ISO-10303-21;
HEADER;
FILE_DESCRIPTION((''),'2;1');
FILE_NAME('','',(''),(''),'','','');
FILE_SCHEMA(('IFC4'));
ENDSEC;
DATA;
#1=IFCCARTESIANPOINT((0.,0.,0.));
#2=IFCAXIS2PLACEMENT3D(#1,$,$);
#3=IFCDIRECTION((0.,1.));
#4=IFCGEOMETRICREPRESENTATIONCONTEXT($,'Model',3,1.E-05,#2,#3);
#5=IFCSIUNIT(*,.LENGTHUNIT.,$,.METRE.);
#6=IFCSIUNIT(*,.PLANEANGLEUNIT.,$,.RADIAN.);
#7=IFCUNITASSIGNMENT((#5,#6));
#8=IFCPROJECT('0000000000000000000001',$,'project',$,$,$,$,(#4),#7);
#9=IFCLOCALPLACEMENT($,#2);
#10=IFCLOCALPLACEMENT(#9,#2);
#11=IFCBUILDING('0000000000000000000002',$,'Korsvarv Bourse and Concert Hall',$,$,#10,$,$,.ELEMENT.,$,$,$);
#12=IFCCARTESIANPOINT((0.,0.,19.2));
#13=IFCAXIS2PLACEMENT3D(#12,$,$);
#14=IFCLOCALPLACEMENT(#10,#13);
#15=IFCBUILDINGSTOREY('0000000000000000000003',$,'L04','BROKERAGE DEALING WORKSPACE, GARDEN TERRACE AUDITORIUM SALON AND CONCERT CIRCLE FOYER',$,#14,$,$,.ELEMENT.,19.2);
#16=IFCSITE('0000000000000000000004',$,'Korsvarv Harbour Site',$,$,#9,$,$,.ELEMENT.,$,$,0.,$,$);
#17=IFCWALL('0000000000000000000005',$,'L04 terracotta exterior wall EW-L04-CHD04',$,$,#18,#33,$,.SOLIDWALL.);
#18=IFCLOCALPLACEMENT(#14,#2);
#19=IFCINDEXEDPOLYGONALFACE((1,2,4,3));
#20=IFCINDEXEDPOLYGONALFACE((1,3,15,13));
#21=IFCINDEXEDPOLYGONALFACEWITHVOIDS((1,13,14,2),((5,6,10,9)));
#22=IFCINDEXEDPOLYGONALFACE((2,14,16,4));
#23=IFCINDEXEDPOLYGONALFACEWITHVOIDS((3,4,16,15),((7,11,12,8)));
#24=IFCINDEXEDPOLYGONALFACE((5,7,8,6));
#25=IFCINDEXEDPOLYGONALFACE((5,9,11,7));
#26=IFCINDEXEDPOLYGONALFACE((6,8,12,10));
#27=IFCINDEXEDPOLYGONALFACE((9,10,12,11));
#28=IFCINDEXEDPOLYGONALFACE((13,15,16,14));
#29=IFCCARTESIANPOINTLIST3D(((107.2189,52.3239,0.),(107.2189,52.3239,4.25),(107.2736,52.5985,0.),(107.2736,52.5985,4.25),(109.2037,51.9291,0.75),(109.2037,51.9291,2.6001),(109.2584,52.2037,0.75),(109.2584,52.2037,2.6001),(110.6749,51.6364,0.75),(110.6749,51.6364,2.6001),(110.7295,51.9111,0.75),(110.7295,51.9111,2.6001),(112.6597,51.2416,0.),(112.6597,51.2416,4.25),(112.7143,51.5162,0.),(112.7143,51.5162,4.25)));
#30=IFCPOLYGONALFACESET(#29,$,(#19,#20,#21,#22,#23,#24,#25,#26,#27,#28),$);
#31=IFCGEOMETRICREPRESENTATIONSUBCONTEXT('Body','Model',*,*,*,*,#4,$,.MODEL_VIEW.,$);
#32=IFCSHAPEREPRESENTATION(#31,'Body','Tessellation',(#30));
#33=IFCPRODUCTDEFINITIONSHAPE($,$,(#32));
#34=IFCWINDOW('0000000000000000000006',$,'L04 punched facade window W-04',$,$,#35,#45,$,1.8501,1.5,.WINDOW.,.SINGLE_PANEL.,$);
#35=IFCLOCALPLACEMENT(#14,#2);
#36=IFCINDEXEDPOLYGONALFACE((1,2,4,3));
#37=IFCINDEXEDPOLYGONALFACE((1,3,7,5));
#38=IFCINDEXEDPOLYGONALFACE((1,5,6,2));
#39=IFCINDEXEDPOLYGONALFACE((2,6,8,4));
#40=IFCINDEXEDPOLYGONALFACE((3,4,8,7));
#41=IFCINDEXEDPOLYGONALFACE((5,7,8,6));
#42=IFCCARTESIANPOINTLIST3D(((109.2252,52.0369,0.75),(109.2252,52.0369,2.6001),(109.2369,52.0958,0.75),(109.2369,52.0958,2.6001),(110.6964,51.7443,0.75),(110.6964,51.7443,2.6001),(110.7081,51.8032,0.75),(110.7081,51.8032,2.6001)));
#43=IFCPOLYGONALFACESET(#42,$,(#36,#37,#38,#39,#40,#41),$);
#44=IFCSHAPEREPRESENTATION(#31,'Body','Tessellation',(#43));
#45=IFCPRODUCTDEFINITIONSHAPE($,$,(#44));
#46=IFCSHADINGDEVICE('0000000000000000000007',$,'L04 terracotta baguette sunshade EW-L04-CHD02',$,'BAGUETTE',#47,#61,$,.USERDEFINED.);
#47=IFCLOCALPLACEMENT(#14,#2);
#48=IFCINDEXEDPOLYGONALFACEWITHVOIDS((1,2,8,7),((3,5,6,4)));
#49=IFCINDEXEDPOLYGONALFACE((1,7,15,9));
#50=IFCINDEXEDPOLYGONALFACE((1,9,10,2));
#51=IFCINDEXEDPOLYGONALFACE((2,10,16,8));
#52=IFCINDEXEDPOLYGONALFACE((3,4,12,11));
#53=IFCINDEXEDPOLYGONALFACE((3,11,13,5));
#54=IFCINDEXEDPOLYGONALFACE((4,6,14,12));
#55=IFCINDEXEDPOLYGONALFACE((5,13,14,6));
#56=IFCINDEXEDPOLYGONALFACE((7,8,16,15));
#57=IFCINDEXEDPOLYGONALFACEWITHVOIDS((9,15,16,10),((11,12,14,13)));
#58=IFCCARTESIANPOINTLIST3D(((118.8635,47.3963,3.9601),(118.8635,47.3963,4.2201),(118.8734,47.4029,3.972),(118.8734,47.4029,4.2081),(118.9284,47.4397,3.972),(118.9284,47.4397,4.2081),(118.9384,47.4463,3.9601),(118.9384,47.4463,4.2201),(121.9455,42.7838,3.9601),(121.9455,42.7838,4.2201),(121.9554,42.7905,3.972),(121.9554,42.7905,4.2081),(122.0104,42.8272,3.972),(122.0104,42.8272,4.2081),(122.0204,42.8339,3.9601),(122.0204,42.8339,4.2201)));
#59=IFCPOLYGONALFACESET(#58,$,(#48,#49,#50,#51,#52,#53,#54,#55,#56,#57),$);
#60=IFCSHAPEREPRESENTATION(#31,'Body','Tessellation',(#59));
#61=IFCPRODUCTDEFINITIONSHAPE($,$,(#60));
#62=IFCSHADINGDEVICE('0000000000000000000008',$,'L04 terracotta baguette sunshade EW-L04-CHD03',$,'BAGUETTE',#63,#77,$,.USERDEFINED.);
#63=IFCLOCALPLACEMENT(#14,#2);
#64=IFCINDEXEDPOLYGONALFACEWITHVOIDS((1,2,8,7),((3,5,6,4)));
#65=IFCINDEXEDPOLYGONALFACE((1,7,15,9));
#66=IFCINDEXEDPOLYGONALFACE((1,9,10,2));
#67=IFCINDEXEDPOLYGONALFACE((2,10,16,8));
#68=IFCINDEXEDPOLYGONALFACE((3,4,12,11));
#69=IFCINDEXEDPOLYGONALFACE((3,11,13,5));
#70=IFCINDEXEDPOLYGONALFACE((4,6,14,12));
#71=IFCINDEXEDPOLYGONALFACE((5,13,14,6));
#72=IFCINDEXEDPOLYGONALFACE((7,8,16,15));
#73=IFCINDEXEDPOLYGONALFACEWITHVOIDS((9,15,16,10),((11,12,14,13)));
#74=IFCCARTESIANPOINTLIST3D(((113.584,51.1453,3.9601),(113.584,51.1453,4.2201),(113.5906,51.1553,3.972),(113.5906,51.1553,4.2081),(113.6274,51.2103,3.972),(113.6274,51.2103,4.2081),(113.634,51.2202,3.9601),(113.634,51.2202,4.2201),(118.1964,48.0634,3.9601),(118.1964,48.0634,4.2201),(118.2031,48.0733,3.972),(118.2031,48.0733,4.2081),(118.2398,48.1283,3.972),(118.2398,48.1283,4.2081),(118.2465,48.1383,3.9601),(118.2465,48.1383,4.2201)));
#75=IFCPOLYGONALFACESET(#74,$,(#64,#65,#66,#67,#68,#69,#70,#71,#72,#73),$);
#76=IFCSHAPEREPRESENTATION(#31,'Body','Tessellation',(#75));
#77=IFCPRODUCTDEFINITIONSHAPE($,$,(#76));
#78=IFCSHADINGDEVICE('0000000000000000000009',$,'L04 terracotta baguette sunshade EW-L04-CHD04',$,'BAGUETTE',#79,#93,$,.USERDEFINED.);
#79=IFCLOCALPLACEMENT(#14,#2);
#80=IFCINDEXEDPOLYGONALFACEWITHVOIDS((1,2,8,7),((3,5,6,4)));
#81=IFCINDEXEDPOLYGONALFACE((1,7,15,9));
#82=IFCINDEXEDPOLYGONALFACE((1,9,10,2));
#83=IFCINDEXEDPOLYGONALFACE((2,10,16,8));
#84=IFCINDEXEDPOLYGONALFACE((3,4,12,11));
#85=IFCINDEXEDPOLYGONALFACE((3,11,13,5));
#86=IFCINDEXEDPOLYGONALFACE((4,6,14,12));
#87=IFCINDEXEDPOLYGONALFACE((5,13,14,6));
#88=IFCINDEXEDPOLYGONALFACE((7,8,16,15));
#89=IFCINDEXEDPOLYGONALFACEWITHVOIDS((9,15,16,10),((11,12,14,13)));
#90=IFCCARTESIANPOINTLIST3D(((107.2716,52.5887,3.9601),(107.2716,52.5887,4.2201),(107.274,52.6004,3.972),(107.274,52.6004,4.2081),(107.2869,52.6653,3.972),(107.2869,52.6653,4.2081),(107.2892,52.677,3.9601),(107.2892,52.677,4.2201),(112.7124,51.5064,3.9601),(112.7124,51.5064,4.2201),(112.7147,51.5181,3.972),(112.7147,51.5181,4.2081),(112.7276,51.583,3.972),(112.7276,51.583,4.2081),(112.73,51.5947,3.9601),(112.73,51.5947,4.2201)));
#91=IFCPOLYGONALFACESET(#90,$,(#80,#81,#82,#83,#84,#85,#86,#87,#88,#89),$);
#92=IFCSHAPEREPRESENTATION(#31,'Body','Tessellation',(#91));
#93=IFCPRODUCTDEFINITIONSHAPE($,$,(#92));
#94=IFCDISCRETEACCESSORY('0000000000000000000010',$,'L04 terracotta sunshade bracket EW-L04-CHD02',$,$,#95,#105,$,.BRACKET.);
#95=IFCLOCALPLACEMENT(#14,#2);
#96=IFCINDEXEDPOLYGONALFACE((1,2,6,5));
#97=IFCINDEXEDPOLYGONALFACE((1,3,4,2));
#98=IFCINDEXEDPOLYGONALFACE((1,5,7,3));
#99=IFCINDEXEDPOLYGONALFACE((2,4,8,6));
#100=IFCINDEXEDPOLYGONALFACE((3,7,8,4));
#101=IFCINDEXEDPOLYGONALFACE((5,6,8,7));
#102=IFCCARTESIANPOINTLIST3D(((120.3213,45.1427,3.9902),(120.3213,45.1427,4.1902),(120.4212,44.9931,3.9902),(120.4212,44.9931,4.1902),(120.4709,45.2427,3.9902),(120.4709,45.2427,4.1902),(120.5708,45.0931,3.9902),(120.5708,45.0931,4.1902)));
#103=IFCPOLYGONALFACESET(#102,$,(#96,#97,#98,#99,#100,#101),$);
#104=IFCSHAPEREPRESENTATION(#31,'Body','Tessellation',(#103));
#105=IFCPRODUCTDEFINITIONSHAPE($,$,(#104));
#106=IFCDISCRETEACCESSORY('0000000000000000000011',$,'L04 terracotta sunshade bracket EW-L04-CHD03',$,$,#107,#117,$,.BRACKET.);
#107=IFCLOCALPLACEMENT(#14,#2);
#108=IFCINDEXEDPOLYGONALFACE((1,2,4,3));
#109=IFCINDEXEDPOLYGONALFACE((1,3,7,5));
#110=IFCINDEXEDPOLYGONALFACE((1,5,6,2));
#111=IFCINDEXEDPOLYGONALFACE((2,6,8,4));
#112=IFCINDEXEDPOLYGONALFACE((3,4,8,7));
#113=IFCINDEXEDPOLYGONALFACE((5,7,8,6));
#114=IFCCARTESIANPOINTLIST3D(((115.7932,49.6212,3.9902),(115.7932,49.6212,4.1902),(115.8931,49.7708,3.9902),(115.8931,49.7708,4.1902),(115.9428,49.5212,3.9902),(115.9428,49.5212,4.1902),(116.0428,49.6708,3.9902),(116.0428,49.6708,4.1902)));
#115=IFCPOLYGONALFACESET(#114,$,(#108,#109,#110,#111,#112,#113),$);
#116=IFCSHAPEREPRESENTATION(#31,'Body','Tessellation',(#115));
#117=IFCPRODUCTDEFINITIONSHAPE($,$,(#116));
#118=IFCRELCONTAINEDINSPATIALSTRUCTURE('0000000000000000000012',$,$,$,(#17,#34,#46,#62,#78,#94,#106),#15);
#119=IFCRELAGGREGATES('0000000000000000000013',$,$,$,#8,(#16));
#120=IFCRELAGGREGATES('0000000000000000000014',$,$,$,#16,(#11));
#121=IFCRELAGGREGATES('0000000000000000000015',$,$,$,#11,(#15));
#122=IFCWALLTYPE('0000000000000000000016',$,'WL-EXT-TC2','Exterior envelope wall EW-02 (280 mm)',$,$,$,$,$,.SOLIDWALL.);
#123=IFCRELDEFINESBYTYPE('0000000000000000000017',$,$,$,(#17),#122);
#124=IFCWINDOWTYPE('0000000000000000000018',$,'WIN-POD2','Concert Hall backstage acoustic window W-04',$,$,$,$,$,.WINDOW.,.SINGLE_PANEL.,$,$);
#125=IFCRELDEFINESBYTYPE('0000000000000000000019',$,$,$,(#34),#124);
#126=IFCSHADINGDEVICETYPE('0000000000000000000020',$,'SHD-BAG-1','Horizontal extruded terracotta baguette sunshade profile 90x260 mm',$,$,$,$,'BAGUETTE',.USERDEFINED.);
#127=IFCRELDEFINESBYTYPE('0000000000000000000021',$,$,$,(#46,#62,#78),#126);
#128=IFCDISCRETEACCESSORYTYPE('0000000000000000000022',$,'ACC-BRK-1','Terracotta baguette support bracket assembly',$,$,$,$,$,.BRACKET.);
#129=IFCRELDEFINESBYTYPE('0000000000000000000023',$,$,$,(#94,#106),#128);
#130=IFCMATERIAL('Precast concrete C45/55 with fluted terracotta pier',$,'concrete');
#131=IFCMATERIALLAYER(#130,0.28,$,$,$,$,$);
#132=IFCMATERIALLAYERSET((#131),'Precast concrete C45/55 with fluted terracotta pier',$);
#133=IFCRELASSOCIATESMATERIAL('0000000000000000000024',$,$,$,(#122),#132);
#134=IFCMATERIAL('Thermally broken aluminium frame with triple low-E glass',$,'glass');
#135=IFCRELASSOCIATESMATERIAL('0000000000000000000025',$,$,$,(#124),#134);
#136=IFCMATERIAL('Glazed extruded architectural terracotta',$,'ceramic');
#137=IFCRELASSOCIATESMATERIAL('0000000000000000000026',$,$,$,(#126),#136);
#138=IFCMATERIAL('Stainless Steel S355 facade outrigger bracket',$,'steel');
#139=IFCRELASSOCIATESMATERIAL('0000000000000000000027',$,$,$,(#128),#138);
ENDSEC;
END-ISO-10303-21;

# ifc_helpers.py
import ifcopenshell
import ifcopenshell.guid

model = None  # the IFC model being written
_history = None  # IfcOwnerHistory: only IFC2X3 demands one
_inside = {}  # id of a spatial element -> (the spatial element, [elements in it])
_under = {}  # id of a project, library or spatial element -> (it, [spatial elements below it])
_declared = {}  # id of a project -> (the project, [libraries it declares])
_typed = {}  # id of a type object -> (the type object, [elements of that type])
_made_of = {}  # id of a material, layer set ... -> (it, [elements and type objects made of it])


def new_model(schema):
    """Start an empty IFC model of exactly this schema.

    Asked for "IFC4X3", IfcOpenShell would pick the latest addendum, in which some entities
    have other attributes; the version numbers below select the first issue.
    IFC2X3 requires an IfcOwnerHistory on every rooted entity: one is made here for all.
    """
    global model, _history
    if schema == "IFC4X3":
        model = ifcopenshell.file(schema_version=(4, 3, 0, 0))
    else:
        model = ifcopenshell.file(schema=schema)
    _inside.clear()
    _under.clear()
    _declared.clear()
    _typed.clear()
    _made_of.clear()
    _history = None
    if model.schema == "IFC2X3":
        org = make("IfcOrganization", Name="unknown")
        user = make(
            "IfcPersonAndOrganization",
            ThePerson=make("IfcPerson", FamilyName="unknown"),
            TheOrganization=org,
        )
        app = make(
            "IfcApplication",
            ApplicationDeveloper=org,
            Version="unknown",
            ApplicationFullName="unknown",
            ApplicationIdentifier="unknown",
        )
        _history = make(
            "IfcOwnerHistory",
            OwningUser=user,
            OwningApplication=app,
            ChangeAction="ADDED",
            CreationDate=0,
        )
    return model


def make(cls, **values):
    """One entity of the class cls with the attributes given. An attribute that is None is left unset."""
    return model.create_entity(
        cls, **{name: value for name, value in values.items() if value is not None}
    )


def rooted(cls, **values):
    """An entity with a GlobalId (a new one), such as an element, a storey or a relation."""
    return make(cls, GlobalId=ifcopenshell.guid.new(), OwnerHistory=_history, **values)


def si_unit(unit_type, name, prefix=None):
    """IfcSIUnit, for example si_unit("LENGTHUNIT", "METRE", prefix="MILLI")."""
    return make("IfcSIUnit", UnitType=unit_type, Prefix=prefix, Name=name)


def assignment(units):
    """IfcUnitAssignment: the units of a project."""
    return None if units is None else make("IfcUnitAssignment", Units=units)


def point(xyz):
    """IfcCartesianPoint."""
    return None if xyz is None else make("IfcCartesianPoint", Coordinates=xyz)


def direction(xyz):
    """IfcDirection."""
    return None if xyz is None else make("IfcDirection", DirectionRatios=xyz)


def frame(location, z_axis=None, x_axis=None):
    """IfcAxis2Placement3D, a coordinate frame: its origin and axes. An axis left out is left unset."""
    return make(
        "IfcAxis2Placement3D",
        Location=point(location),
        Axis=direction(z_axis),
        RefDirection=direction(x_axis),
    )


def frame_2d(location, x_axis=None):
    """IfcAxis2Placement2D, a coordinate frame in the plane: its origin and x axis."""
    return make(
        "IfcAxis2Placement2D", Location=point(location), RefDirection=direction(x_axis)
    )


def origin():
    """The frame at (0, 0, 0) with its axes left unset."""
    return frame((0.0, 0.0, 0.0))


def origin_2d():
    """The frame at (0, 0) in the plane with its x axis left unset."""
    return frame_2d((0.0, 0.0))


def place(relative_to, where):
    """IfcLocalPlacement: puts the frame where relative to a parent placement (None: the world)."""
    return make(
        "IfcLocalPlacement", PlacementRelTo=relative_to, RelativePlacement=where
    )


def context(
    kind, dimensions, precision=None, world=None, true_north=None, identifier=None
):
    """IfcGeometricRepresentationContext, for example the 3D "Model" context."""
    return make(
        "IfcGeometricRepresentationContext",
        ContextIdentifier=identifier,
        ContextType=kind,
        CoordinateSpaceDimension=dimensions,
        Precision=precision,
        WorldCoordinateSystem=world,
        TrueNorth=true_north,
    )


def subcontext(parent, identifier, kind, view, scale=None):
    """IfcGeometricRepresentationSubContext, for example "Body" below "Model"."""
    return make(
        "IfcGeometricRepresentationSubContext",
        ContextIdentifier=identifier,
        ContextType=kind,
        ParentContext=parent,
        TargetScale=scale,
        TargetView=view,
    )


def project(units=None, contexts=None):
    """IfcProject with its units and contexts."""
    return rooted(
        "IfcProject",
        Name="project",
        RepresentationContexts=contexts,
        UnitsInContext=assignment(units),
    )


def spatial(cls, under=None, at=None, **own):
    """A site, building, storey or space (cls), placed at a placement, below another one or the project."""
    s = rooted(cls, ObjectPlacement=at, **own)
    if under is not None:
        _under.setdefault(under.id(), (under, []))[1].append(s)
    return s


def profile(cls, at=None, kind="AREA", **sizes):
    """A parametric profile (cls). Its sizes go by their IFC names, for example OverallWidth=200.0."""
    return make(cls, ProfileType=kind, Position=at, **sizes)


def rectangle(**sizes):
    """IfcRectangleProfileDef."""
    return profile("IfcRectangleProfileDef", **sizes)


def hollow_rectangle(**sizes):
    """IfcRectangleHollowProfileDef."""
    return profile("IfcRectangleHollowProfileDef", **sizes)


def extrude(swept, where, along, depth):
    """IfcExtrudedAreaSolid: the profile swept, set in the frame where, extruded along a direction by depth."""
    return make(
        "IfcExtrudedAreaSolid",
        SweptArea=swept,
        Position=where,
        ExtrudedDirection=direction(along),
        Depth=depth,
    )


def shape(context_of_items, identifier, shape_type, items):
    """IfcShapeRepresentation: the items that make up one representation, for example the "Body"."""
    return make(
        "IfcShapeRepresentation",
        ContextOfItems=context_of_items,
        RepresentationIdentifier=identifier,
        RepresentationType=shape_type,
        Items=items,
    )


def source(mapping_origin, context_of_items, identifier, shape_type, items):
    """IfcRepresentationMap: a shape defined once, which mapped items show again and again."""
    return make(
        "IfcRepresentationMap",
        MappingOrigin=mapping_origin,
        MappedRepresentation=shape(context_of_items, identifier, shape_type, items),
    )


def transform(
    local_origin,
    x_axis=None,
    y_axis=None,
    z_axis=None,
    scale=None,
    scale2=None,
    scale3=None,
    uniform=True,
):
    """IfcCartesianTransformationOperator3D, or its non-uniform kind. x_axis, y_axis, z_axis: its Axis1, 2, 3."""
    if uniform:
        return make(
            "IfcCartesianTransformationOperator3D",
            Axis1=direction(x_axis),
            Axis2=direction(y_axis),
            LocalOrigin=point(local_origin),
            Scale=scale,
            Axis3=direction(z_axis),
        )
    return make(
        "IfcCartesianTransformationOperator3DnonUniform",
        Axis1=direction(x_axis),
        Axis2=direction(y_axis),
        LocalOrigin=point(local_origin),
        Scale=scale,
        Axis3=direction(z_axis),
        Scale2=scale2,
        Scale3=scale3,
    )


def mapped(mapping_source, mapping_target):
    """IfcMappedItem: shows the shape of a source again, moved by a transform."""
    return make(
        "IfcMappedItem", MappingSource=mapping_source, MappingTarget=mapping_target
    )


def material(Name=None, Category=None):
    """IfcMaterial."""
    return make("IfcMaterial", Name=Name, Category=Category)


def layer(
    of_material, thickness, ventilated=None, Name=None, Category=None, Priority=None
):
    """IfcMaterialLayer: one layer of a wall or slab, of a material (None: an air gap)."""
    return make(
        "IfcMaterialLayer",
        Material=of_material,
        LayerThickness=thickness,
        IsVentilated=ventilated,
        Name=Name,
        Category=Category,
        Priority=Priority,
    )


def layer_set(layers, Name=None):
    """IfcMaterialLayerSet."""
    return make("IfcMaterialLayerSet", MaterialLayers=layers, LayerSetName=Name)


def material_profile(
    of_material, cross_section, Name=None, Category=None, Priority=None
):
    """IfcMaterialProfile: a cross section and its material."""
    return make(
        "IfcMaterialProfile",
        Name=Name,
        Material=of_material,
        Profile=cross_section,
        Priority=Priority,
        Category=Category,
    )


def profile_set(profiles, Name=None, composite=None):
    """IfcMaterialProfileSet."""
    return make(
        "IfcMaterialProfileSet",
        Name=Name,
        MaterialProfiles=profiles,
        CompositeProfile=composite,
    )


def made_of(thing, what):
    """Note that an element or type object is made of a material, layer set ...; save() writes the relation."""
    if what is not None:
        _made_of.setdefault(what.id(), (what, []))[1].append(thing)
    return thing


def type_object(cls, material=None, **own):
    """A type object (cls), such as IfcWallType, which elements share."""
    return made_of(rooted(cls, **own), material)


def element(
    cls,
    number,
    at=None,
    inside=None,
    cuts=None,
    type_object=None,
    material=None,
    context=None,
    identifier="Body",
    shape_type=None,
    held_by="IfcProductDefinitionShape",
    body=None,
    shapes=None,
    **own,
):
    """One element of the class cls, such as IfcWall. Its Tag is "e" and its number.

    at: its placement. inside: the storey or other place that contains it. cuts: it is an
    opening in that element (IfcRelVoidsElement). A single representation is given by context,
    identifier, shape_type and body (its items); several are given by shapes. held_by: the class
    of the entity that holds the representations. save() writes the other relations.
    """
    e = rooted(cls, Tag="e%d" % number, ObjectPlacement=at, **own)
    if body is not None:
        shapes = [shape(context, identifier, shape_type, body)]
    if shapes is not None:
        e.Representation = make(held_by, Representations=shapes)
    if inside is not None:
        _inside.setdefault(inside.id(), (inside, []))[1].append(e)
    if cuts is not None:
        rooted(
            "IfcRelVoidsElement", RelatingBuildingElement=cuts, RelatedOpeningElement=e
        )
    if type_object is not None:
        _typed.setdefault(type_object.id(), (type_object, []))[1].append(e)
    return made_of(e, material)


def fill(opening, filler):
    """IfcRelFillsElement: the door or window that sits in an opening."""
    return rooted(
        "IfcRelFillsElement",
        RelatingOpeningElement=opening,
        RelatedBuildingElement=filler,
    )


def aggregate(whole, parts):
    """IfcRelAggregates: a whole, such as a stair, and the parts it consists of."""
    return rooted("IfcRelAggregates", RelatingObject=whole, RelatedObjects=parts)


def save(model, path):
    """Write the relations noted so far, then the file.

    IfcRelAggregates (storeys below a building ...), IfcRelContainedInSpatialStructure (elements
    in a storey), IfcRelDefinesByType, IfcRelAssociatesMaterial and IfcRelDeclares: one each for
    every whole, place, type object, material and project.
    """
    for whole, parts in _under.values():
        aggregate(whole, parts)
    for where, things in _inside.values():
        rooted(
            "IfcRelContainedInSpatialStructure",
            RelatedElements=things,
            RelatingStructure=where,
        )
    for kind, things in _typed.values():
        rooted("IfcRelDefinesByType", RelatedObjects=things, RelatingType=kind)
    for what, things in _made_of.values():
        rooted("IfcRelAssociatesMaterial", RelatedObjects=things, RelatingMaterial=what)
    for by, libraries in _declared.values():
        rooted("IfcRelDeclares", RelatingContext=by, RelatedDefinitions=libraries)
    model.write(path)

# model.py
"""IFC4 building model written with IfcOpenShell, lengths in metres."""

from ifc_helpers import new_model, si_unit, direction, frame, frame_2d, origin, origin_2d, place, context, subcontext, project, spatial, rectangle, hollow_rectangle, extrude, source, transform, mapped, material, layer, layer_set, material_profile, profile_set, type_object, element, fill, save


model = new_model("IFC4")

# Units and contexts
model_context = context("Model", 3, precision=1e-05, world=origin(), true_north=direction((0.0, 1.0)))
body_context = subcontext(model_context, "Body", "Model", "MODEL_VIEW")
ifc_project = project(units=[si_unit("LENGTHUNIT", "METRE"), si_unit("PLANEANGLEUNIT", "RADIAN")], contexts=[model_context])

# Site, building, storey
site_placement = place(None, origin())
site = spatial("IfcSite", under=ifc_project, at=site_placement, Name="Korsvarv Harbour Site", CompositionType="ELEMENT", RefElevation=0.0)
building_placement = place(site_placement, origin())
building = spatial("IfcBuilding", under=site, at=building_placement, Name="Korsvarv Bourse and Concert Hall", CompositionType="ELEMENT")
storey_placement = place(building_placement, frame((0.0, 0.0, 19.2)))
storey = spatial("IfcBuildingStorey", under=building, at=storey_placement, Name="L04", Description="BROKERAGE DEALING WORKSPACE, GARDEN TERRACE AUDITORIUM SALON AND CONCERT CIRCLE FOYER", CompositionType="ELEMENT", Elevation=19.2)

# Shared definitions
ifc_material_1 = material(Name="Precast concrete C45/55 with fluted terracotta pier", Category="concrete")
ifc_layer_1 = layer(ifc_material_1, 0.28)
ifc_layer_set_1 = layer_set([ifc_layer_1], Name="Precast concrete C45/55 with fluted terracotta pier")
wall_type_1 = type_object("IfcWallType", Name="WL-EXT-TC2", Description="Exterior envelope wall EW-02 (280 mm)", PredefinedType="SOLIDWALL", material=ifc_layer_set_1)

# Wall, opening, window
wall_1_placement = place(storey_placement, frame((112.687, 51.3789, 0.0), z_axis=(0.0, 0.0, 1.0), x_axis=(-0.980783, 0.1951, 0.0)))
wall_1 = element("IfcWall", 1, at=wall_1_placement, inside=storey, type_object=wall_type_1, Name="L04 terracotta exterior wall EW-L04-CHD04", PredefinedType="SOLIDWALL", context=body_context, shape_type="SweptSolid", body=[
    extrude(rectangle(XDim=5.5474, YDim=0.28, at=frame_2d((2.7737, 0.0))), origin(), (0.0, 0.0, 1.0), 4.25),
])
opening_placement = place(wall_1_placement, frame((2.0237, 0.0, 0.75)))
opening = element("IfcOpeningElement", 2, at=opening_placement, cuts=wall_1, PredefinedType="OPENING", context=body_context, shape_type="SweptSolid", body=[
    extrude(rectangle(XDim=1.5, YDim=1.8501, at=frame_2d((0.75, 0.925))), frame((0.0, 0.1499, 0.0), z_axis=(0.0, -1.0, 0.0), x_axis=(1.0, 0.0, 0.0)), (0.0, 0.0, 1.0), 0.3),
])
ifc_material_2 = material(Name="Thermally broken aluminium frame with triple low-E glass", Category="glass")
window_type = type_object("IfcWindowType", Name="WIN-POD2", Description="Concert Hall backstage acoustic window W-04", PartitioningType="SINGLE_PANEL", PredefinedType="WINDOW", material=ifc_material_2)
window_placement = place(opening_placement, origin())
window = element("IfcWindow", 3, at=window_placement, inside=storey, type_object=window_type, Name="L04 punched facade window W-04", OverallHeight=1.8501, OverallWidth=1.5, PartitioningType="SINGLE_PANEL", PredefinedType="WINDOW", context=body_context, shape_type="SweptSolid", body=[
    extrude(rectangle(XDim=1.5, YDim=1.8501, at=frame_2d((0.75, 0.925))), frame((0.0, 0.03, 0.0), z_axis=(0.0, -1.0, 0.0), x_axis=(1.0, 0.0, 0.0)), (0.0, 0.0, 1.0), 0.0601),
])
fill(opening, window)

# Shading devices
ifc_material_3 = material(Name="Glazed extruded architectural terracotta", Category="ceramic")
ifc_material_profile_1 = material_profile(ifc_material_3, hollow_rectangle(XDim=0.0901, YDim=0.26, WallThickness=0.012, at=origin_2d()), Name="TC-BAG 90x260")
ifc_profile_set_1 = profile_set([ifc_material_profile_1], Name="Glazed extruded architectural terracotta")
shading_device_type = type_object("IfcShadingDeviceType", Name="SHD-BAG-1", Description="Horizontal extruded terracotta baguette sunshade profile 90x260 mm", ElementType="BAGUETTE", PredefinedType="USERDEFINED", material=ifc_profile_set_1)
shared_shape_1 = source(origin(), body_context, "Body", "SweptSolid", [
    extrude(hollow_rectangle(XDim=0.0901, YDim=0.26, WallThickness=0.012, at=origin_2d()), origin(), (0.0, 0.0, 1.0), 5.5474),
])
for number, where, z_axis, x_axis, name in (
    (4, (121.9829, 42.8088, 4.0901), (-0.555573, 0.831468, 0.0), (-0.831468, -0.555573, 0.0), "L04 terracotta baguette sunshade EW-L04-CHD02"),
    (5, (118.2214, 48.1008, 4.0901), (-0.831468, 0.555573, 0.0), (-0.555573, -0.831468, 0.0), "L04 terracotta baguette sunshade EW-L04-CHD03"),
    (6, (112.7212, 51.5505, 4.0901), (-0.980783, 0.1951, 0.0), (-0.1951, -0.980783, 0.0), "L04 terracotta baguette sunshade EW-L04-CHD04"),
):
    element("IfcShadingDevice", number, at=place(storey_placement, frame(where, z_axis=z_axis, x_axis=x_axis)), inside=storey, type_object=shading_device_type, Name=name, ObjectType="BAGUETTE", PredefinedType="USERDEFINED", context=body_context, shape_type="MappedRepresentation", body=[
        mapped(shared_shape_1, transform((0.0, 0.0, 0.0), scale=1.0)),
    ])

# Discrete accessories
ifc_material_4 = material(Name="Stainless Steel S355 facade outrigger bracket", Category="steel")
discrete_accessory_type = type_object("IfcDiscreteAccessoryType", Name="ACC-BRK-1", Description="Terracotta baguette support bracket assembly", PredefinedType="BRACKET", material=ifc_material_4)
shared_shape_2 = source(origin(), body_context, "Body", "SweptSolid", [
    extrude(rectangle(XDim=0.1799, YDim=0.1799, at=origin_2d()), origin(), (0.0, 0.0, 1.0), 0.2),
])
for number, where, z_axis, x_axis, name in (
    (7, (120.446, 45.1179, 3.9902), (0.0, 0.0, 1.0), (-0.55557, 0.83147, 0.0), "L04 terracotta sunshade bracket EW-L04-CHD02"),
    (8, (115.918, 49.646, 3.9902), (0.0, 0.0, 1.0), (-0.83147, 0.55557, 0.0), "L04 terracotta sunshade bracket EW-L04-CHD03"),
):
    element("IfcDiscreteAccessory", number, at=place(storey_placement, frame(where, z_axis=z_axis, x_axis=x_axis)), inside=storey, type_object=discrete_accessory_type, Name=name, PredefinedType="BRACKET", context=body_context, shape_type="MappedRepresentation", body=[
        mapped(shared_shape_2, transform((0.0, 0.0, 0.0), scale=1.0)),
    ])

save(model, "model.ifc")
